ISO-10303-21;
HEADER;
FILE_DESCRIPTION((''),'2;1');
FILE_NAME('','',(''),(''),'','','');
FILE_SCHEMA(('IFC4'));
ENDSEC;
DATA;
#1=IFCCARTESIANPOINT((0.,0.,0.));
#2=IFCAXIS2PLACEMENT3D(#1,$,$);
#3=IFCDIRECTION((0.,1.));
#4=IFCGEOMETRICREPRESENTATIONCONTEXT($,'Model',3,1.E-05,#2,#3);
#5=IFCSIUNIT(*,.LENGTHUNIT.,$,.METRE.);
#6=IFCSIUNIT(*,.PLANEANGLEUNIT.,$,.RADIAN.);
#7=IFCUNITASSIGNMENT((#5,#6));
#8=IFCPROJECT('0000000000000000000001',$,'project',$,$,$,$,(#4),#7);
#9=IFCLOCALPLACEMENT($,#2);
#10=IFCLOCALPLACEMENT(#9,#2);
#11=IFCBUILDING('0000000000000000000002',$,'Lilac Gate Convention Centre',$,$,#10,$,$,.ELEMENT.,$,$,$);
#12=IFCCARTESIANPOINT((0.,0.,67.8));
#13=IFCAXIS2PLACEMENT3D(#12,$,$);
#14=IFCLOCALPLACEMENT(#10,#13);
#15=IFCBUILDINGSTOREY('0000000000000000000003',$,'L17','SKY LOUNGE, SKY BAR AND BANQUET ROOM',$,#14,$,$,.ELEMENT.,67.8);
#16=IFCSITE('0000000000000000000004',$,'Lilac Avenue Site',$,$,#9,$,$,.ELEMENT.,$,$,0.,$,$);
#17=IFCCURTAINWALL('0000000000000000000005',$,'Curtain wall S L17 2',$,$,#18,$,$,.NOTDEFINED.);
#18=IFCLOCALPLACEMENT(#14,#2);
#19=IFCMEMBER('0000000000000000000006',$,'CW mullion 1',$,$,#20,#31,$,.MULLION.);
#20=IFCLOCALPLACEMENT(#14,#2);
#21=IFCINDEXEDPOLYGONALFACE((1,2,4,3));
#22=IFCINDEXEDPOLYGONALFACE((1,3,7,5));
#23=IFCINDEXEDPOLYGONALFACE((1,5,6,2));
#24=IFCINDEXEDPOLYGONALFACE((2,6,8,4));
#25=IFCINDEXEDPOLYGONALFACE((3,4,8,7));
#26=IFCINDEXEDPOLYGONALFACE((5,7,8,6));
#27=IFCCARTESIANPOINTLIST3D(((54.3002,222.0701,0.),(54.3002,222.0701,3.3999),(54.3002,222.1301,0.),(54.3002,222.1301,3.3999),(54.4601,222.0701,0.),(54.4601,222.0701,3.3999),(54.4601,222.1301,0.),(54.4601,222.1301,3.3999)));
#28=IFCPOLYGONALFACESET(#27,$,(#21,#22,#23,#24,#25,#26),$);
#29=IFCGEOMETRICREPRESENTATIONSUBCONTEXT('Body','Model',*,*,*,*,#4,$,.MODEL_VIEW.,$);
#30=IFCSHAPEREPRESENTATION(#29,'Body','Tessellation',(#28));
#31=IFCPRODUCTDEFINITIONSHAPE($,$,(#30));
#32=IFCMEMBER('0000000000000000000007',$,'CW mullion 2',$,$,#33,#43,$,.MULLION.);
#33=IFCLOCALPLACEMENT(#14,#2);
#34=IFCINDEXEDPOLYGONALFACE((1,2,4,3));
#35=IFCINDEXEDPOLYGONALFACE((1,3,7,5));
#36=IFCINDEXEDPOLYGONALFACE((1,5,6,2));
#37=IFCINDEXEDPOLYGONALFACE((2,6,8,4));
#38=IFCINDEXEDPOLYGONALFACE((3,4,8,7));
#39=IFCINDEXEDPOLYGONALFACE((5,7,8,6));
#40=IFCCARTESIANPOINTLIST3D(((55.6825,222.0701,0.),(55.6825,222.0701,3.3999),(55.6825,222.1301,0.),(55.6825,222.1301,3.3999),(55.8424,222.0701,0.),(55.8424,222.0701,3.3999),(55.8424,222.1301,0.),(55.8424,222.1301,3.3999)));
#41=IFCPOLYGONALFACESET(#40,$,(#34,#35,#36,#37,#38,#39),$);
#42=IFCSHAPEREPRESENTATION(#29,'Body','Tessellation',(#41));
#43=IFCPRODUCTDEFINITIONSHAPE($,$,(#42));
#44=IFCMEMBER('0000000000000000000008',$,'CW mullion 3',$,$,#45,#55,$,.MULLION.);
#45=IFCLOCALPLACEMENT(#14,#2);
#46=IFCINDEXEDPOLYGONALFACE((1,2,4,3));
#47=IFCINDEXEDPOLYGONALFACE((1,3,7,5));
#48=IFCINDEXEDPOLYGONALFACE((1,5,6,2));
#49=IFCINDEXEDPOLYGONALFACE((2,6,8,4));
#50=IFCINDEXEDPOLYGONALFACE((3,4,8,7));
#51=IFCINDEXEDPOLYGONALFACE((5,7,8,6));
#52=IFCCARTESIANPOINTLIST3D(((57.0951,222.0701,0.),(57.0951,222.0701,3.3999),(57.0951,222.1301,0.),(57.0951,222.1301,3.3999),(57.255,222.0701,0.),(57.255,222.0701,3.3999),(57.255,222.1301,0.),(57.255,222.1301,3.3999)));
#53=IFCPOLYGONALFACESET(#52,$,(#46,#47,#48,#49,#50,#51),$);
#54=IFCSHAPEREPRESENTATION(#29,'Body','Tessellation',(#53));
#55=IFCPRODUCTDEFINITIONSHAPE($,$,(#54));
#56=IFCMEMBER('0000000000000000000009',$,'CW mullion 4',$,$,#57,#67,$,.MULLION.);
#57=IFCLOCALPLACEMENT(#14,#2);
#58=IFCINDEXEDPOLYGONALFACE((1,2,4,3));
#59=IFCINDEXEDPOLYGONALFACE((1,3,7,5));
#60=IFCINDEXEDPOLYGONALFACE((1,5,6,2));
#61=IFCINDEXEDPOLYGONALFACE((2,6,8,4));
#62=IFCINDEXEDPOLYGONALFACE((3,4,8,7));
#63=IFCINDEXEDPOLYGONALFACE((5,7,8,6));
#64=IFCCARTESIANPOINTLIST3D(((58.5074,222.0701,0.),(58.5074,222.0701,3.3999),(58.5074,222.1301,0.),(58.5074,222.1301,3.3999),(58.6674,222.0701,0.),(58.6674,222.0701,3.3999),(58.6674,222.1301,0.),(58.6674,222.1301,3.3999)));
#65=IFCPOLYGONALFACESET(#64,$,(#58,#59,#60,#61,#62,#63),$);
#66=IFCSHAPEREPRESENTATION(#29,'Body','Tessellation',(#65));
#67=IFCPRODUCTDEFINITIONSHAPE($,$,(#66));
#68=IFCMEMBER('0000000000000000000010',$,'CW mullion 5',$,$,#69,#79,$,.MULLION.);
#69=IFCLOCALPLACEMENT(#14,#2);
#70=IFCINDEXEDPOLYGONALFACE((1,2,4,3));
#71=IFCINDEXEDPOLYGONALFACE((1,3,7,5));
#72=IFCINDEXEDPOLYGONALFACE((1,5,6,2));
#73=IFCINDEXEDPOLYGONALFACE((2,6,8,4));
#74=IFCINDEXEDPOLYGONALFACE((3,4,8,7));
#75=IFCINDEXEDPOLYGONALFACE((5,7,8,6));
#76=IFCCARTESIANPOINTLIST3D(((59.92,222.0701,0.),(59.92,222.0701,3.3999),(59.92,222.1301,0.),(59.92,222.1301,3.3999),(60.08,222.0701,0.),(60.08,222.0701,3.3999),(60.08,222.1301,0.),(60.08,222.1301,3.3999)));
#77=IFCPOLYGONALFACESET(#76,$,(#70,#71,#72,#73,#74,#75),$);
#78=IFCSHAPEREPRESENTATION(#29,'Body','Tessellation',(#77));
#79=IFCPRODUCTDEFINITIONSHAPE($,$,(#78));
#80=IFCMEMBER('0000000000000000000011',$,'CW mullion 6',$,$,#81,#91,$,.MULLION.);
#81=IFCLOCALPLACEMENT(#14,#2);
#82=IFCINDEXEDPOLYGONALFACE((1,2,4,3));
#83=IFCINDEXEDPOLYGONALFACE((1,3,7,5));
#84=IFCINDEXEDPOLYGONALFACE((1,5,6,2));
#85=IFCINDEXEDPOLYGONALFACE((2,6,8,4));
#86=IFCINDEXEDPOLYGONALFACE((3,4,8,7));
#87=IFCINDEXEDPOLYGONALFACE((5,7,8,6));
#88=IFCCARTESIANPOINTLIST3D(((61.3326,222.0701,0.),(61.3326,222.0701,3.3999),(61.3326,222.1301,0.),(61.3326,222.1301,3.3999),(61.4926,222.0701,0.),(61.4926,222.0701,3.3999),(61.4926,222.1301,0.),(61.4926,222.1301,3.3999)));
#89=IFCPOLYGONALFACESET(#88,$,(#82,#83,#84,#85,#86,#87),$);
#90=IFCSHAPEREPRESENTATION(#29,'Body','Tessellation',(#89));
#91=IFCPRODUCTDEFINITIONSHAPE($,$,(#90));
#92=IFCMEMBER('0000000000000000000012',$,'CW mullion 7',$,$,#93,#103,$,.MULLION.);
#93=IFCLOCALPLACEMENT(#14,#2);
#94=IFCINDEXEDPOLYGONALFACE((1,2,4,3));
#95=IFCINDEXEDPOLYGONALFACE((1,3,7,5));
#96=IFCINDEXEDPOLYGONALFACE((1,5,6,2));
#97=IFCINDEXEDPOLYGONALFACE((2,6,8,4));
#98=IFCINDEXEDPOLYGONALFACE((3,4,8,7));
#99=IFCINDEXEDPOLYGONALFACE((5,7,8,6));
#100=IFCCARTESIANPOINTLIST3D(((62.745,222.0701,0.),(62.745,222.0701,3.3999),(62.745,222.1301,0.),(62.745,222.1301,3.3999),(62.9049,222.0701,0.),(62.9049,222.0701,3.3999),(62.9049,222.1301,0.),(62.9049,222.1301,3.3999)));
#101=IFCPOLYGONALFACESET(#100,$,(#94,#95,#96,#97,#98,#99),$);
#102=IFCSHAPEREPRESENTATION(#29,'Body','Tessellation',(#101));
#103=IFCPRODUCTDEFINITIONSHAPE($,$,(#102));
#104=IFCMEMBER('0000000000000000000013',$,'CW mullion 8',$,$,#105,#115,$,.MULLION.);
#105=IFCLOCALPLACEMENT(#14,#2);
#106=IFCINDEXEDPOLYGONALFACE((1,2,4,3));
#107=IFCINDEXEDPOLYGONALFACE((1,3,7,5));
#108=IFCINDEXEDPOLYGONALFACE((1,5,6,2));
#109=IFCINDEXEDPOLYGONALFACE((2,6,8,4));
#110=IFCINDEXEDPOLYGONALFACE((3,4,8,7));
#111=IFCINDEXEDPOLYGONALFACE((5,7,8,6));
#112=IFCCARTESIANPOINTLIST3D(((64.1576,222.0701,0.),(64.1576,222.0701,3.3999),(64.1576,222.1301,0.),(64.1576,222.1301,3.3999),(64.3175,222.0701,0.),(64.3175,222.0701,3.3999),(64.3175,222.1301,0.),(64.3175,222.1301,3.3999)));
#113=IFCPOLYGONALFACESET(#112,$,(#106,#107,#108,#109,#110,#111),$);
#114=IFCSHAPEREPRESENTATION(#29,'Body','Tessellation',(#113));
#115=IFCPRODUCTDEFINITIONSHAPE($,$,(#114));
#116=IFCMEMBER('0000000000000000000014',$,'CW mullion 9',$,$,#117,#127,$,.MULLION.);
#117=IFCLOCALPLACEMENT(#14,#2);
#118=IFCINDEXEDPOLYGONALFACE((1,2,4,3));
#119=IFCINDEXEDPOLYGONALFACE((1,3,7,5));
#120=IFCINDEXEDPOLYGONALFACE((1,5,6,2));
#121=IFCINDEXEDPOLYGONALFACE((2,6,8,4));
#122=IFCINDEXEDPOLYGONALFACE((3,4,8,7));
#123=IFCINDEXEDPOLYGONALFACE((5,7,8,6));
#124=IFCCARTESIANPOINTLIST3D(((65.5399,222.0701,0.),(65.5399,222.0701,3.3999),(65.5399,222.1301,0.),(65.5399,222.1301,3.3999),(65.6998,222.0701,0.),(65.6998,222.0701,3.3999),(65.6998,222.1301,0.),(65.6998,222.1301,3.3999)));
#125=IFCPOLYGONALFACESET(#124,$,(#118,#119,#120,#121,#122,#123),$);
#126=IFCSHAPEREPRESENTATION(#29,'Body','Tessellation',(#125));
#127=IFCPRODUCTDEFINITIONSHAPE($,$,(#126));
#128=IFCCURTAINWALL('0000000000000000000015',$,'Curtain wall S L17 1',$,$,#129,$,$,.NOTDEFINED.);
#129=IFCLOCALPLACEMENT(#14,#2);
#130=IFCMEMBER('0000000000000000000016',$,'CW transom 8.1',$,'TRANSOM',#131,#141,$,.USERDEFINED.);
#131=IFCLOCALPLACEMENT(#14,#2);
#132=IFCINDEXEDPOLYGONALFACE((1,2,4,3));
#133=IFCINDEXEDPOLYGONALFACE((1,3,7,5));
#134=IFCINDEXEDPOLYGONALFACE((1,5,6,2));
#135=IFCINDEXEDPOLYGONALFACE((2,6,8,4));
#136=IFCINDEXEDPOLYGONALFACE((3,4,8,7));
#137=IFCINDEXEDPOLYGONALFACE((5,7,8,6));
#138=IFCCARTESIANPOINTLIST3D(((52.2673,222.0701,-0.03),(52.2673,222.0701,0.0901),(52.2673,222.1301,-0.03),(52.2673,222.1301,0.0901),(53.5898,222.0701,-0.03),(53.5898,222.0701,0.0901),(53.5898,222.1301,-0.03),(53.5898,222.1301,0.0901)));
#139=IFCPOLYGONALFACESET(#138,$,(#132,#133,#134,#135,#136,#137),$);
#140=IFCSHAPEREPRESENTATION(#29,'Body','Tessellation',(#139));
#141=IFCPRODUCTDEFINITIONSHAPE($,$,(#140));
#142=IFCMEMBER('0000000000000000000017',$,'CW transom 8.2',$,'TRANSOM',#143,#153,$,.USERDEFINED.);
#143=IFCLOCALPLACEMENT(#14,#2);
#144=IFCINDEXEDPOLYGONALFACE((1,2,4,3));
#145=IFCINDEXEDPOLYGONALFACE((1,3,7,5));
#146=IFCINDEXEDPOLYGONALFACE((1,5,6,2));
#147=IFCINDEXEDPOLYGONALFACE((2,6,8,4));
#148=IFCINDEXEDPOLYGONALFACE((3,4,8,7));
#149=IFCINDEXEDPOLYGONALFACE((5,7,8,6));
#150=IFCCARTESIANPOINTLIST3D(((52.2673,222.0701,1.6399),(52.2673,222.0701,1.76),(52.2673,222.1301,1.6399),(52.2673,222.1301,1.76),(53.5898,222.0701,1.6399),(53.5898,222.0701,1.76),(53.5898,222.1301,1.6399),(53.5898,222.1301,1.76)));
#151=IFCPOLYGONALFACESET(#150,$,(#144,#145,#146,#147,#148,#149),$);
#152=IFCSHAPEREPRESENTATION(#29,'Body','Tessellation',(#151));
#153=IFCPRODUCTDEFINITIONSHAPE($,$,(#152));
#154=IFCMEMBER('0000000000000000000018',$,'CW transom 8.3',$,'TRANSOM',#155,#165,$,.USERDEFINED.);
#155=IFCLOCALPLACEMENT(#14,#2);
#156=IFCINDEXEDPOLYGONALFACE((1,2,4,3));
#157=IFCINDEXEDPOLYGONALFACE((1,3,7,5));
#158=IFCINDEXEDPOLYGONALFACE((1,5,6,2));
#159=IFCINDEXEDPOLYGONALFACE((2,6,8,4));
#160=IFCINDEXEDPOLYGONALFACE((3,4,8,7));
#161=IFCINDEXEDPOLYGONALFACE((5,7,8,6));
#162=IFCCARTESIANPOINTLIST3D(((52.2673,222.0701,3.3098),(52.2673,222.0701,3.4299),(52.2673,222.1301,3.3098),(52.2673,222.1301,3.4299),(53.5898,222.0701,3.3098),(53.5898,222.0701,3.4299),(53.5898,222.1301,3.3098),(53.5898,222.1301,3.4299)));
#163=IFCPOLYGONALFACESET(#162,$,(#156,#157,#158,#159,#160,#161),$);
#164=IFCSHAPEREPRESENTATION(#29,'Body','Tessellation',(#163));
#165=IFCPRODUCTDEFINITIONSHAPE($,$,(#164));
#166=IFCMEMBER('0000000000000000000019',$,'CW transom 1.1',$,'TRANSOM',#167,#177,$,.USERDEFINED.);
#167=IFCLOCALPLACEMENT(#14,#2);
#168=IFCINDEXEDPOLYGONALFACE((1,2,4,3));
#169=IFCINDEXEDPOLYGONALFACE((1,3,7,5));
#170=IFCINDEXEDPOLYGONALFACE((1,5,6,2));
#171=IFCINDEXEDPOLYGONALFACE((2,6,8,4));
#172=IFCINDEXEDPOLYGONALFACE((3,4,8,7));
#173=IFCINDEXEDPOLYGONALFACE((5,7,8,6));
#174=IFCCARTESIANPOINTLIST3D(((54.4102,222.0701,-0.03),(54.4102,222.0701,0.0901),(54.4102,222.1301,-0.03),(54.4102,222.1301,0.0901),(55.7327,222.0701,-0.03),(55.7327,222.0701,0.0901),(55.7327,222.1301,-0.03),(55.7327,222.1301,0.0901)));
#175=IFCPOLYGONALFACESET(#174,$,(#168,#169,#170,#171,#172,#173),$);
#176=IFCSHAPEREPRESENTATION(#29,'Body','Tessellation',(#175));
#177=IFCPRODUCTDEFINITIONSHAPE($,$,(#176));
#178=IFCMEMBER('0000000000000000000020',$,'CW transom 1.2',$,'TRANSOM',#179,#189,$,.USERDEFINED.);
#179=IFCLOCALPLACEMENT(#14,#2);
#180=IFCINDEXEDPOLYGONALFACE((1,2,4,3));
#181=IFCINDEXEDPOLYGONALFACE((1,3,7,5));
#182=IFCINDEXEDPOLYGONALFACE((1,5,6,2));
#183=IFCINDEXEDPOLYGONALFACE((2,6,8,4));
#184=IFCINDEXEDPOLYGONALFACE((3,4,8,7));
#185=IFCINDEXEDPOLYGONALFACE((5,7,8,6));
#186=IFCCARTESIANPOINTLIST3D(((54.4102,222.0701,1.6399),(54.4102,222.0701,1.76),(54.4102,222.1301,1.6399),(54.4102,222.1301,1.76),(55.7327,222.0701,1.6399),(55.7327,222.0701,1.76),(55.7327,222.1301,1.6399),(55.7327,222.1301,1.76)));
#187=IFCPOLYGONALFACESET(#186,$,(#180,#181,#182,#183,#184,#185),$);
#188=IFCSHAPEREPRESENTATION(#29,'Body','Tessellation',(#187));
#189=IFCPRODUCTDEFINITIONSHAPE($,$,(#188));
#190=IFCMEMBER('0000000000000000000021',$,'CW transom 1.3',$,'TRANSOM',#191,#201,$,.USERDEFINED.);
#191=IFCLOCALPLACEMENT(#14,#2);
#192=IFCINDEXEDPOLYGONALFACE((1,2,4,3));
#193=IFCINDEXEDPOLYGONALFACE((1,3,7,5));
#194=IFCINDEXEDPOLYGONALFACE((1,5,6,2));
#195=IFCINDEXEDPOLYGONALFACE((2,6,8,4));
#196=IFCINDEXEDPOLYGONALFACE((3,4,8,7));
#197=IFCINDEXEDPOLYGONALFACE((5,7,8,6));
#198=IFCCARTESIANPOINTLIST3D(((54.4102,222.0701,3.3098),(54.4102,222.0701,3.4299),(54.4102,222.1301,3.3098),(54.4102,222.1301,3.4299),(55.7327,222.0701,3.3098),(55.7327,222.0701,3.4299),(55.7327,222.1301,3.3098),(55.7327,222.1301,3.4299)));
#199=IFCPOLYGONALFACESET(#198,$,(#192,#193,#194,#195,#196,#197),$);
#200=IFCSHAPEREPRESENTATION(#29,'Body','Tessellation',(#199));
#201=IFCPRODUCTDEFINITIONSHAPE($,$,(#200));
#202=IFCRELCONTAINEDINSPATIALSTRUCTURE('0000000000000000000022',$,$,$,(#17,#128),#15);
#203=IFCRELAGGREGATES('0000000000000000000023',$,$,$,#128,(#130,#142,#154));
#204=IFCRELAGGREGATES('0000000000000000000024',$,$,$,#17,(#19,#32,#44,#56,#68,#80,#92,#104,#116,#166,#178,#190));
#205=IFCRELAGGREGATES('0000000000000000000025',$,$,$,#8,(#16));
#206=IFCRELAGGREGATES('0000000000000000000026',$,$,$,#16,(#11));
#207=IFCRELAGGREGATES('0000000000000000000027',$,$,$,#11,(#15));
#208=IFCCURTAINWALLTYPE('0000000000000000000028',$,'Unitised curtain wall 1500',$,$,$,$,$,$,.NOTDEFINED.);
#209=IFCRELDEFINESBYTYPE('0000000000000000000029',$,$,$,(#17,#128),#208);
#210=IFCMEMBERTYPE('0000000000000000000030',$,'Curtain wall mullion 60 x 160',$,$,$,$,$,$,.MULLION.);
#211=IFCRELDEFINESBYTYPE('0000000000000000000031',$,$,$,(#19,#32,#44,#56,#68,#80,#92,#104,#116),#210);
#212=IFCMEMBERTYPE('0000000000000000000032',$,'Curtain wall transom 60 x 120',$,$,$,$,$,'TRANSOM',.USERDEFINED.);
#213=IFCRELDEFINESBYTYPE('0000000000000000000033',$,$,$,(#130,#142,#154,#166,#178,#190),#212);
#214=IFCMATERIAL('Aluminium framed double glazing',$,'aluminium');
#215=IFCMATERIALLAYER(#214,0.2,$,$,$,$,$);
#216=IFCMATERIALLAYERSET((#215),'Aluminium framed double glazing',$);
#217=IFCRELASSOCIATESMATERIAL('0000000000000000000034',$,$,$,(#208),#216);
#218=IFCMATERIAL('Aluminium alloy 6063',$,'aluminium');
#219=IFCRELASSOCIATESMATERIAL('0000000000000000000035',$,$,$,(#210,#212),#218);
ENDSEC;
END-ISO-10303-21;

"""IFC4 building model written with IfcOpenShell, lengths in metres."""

from ifc_helpers import new_model, si_unit, direction, frame, origin, origin_2d, place, context, subcontext, project, spatial, rectangle, extrude, material, layer, layer_set, material_profile, profile_set, type_object, element, aggregate, save


model = new_model("IFC4")

# Units and contexts
model_context = context("Model", 3, precision=1e-05, world=origin(), true_north=direction((0.0, 1.0)))
body_context = subcontext(model_context, "Body", "Model", "MODEL_VIEW")
ifc_project = project(units=[si_unit("LENGTHUNIT", "METRE"), si_unit("PLANEANGLEUNIT", "RADIAN")], contexts=[model_context])

# Site, building, storey
site_placement = place(None, origin())
site = spatial("IfcSite", under=ifc_project, at=site_placement, Name="Lilac Avenue Site", CompositionType="ELEMENT", RefElevation=0.0)
building_placement = place(site_placement, origin())
building = spatial("IfcBuilding", under=site, at=building_placement, Name="Lilac Gate Convention Centre", CompositionType="ELEMENT")
storey_placement = place(building_placement, frame((0.0, 0.0, 67.8)))
storey = spatial("IfcBuildingStorey", under=building, at=storey_placement, Name="L17", Description="SKY LOUNGE, SKY BAR AND BANQUET ROOM", CompositionType="ELEMENT", Elevation=67.8)

# Curtain walls, members
ifc_material_1 = material(Name="Aluminium framed double glazing", Category="aluminium")
ifc_layer_1 = layer(ifc_material_1, 0.2)
ifc_layer_set_1 = layer_set([ifc_layer_1], Name="Aluminium framed double glazing")
curtain_wall_type = type_object("IfcCurtainWallType", Name="Unitised curtain wall 1500", PredefinedType="NOTDEFINED", material=ifc_layer_set_1)
curtain_wall_1_placement = place(storey_placement, origin())
curtain_wall_1 = element("IfcCurtainWall", 1, at=curtain_wall_1_placement, inside=storey, type_object=curtain_wall_type, Name="Curtain wall S L17 2", PredefinedType="NOTDEFINED")
ifc_material_2 = material(Name="Aluminium alloy 6063", Category="aluminium")
ifc_material_profile_1 = material_profile(ifc_material_2, rectangle(XDim=0.0601, YDim=0.1599, at=origin_2d()), Name="Curtain wall mullion 60 x 160")
ifc_profile_set_1 = profile_set([ifc_material_profile_1], Name="Aluminium alloy 6063")
member_type_1 = type_object("IfcMemberType", Name="Curtain wall mullion 60 x 160", PredefinedType="MULLION", material=ifc_profile_set_1)
member_1_placement = place(storey_placement, frame((54.3801, 222.1001, 0.0), z_axis=(0.0, 0.0, 1.0), x_axis=(0.0, 1.0, 0.0)))
member_1 = element("IfcMember", 2, at=member_1_placement, type_object=member_type_1, Name="CW mullion 1", PredefinedType="MULLION", context=body_context, shape_type="SweptSolid", body=[
    extrude(rectangle(XDim=0.0601, YDim=0.1599, at=origin_2d()), origin(), (0.0, 0.0, 1.0), 3.3999),
])
member_2_placement = place(storey_placement, frame((55.7625, 222.1001, 0.0), z_axis=(0.0, 0.0, 1.0), x_axis=(0.0, 1.0, 0.0)))
member_2 = element("IfcMember", 3, at=member_2_placement, type_object=member_type_1, Name="CW mullion 2", PredefinedType="MULLION", context=body_context, shape_type="SweptSolid", body=[
    extrude(rectangle(XDim=0.0601, YDim=0.1599, at=origin_2d()), origin(), (0.0, 0.0, 1.0), 3.3999),
])
member_3_placement = place(storey_placement, frame((57.175, 222.1001, 0.0), z_axis=(0.0, 0.0, 1.0), x_axis=(0.0, 1.0, 0.0)))
member_3 = element("IfcMember", 4, at=member_3_placement, type_object=member_type_1, Name="CW mullion 3", PredefinedType="MULLION", context=body_context, shape_type="SweptSolid", body=[
    extrude(rectangle(XDim=0.0601, YDim=0.1599, at=origin_2d()), origin(), (0.0, 0.0, 1.0), 3.3999),
])
member_4_placement = place(storey_placement, frame((58.5874, 222.1001, 0.0), z_axis=(0.0, 0.0, 1.0), x_axis=(0.0, 1.0, 0.0)))
member_4 = element("IfcMember", 5, at=member_4_placement, type_object=member_type_1, Name="CW mullion 4", PredefinedType="MULLION", context=body_context, shape_type="SweptSolid", body=[
    extrude(rectangle(XDim=0.0601, YDim=0.1599, at=origin_2d()), origin(), (0.0, 0.0, 1.0), 3.3999),
])
member_5_placement = place(storey_placement, frame((60.0, 222.1001, 0.0), z_axis=(0.0, 0.0, 1.0), x_axis=(0.0, 1.0, 0.0)))
member_5 = element("IfcMember", 6, at=member_5_placement, type_object=member_type_1, Name="CW mullion 5", PredefinedType="MULLION", context=body_context, shape_type="SweptSolid", body=[
    extrude(rectangle(XDim=0.0601, YDim=0.1599, at=origin_2d()), origin(), (0.0, 0.0, 1.0), 3.3999),
])
member_6_placement = place(storey_placement, frame((61.4126, 222.1001, 0.0), z_axis=(0.0, 0.0, 1.0), x_axis=(0.0, 1.0, 0.0)))
member_6 = element("IfcMember", 7, at=member_6_placement, type_object=member_type_1, Name="CW mullion 6", PredefinedType="MULLION", context=body_context, shape_type="SweptSolid", body=[
    extrude(rectangle(XDim=0.0601, YDim=0.1599, at=origin_2d()), origin(), (0.0, 0.0, 1.0), 3.3999),
])
member_7_placement = place(storey_placement, frame((62.825, 222.1001, 0.0), z_axis=(0.0, 0.0, 1.0), x_axis=(0.0, 1.0, 0.0)))
member_7 = element("IfcMember", 8, at=member_7_placement, type_object=member_type_1, Name="CW mullion 7", PredefinedType="MULLION", context=body_context, shape_type="SweptSolid", body=[
    extrude(rectangle(XDim=0.0601, YDim=0.1599, at=origin_2d()), origin(), (0.0, 0.0, 1.0), 3.3999),
])
member_8_placement = place(storey_placement, frame((64.2375, 222.1001, 0.0), z_axis=(0.0, 0.0, 1.0), x_axis=(0.0, 1.0, 0.0)))
member_8 = element("IfcMember", 9, at=member_8_placement, type_object=member_type_1, Name="CW mullion 8", PredefinedType="MULLION", context=body_context, shape_type="SweptSolid", body=[
    extrude(rectangle(XDim=0.0601, YDim=0.1599, at=origin_2d()), origin(), (0.0, 0.0, 1.0), 3.3999),
])
member_9_placement = place(storey_placement, frame((65.6199, 222.1001, 0.0), z_axis=(0.0, 0.0, 1.0), x_axis=(0.0, 1.0, 0.0)))
member_9 = element("IfcMember", 10, at=member_9_placement, type_object=member_type_1, Name="CW mullion 9", PredefinedType="MULLION", context=body_context, shape_type="SweptSolid", body=[
    extrude(rectangle(XDim=0.0601, YDim=0.1599, at=origin_2d()), origin(), (0.0, 0.0, 1.0), 3.3999),
])
curtain_wall_2_placement = place(storey_placement, origin())
curtain_wall_2 = element("IfcCurtainWall", 11, at=curtain_wall_2_placement, inside=storey, type_object=curtain_wall_type, Name="Curtain wall S L17 1", PredefinedType="NOTDEFINED")
ifc_material_profile_2 = material_profile(ifc_material_2, rectangle(XDim=0.0601, YDim=0.1201, at=origin_2d()), Name="Curtain wall transom 60 x 120")
ifc_profile_set_2 = profile_set([ifc_material_profile_2], Name="Aluminium alloy 6063")
member_type_2 = type_object("IfcMemberType", Name="Curtain wall transom 60 x 120", ElementType="TRANSOM", PredefinedType="USERDEFINED", material=ifc_profile_set_2)
member_10_placement = place(storey_placement, frame((52.2673, 222.1001, 0.03), z_axis=(1.0, 0.0, 0.0), x_axis=(0.0, 1.0, 0.0)))
member_10 = element("IfcMember", 12, at=member_10_placement, type_object=member_type_2, Name="CW transom 8.1", ObjectType="TRANSOM", PredefinedType="USERDEFINED", context=body_context, shape_type="SweptSolid", body=[
    extrude(rectangle(XDim=0.0601, YDim=0.1201, at=origin_2d()), origin(), (0.0, 0.0, 1.0), 1.3225),
])
member_11_placement = place(storey_placement, frame((52.2673, 222.1001, 1.7), z_axis=(1.0, 0.0, 0.0), x_axis=(0.0, 1.0, 0.0)))
member_11 = element("IfcMember", 13, at=member_11_placement, type_object=member_type_2, Name="CW transom 8.2", ObjectType="TRANSOM", PredefinedType="USERDEFINED", context=body_context, shape_type="SweptSolid", body=[
    extrude(rectangle(XDim=0.0601, YDim=0.1201, at=origin_2d()), origin(), (0.0, 0.0, 1.0), 1.3225),
])
member_12_placement = place(storey_placement, frame((52.2673, 222.1001, 3.3699), z_axis=(1.0, 0.0, 0.0), x_axis=(0.0, 1.0, 0.0)))
member_12 = element("IfcMember", 14, at=member_12_placement, type_object=member_type_2, Name="CW transom 8.3", ObjectType="TRANSOM", PredefinedType="USERDEFINED", context=body_context, shape_type="SweptSolid", body=[
    extrude(rectangle(XDim=0.0601, YDim=0.1201, at=origin_2d()), origin(), (0.0, 0.0, 1.0), 1.3225),
])

# Members
member_13_placement = place(storey_placement, frame((54.4102, 222.1001, 0.03), z_axis=(1.0, 0.0, 0.0), x_axis=(0.0, 1.0, 0.0)))
member_13 = element("IfcMember", 15, at=member_13_placement, type_object=member_type_2, Name="CW transom 1.1", ObjectType="TRANSOM", PredefinedType="USERDEFINED", context=body_context, shape_type="SweptSolid", body=[
    extrude(rectangle(XDim=0.0601, YDim=0.1201, at=origin_2d()), origin(), (0.0, 0.0, 1.0), 1.3225),
])
member_14_placement = place(storey_placement, frame((54.4102, 222.1001, 1.7), z_axis=(1.0, 0.0, 0.0), x_axis=(0.0, 1.0, 0.0)))
member_14 = element("IfcMember", 16, at=member_14_placement, type_object=member_type_2, Name="CW transom 1.2", ObjectType="TRANSOM", PredefinedType="USERDEFINED", context=body_context, shape_type="SweptSolid", body=[
    extrude(rectangle(XDim=0.0601, YDim=0.1201, at=origin_2d()), origin(), (0.0, 0.0, 1.0), 1.3225),
])
member_15_placement = place(storey_placement, frame((54.4102, 222.1001, 3.3699), z_axis=(1.0, 0.0, 0.0), x_axis=(0.0, 1.0, 0.0)))
member_15 = element("IfcMember", 17, at=member_15_placement, type_object=member_type_2, Name="CW transom 1.3", ObjectType="TRANSOM", PredefinedType="USERDEFINED", context=body_context, shape_type="SweptSolid", body=[
    extrude(rectangle(XDim=0.0601, YDim=0.1201, at=origin_2d()), origin(), (0.0, 0.0, 1.0), 1.3225),
])

aggregate(curtain_wall_2, [member_10, member_11, member_12])
aggregate(curtain_wall_1, [member_1, member_2, member_3, member_4, member_5, member_6, member_7, member_8, member_9, member_13, member_14, member_15])

save(model, "model.ifc")
